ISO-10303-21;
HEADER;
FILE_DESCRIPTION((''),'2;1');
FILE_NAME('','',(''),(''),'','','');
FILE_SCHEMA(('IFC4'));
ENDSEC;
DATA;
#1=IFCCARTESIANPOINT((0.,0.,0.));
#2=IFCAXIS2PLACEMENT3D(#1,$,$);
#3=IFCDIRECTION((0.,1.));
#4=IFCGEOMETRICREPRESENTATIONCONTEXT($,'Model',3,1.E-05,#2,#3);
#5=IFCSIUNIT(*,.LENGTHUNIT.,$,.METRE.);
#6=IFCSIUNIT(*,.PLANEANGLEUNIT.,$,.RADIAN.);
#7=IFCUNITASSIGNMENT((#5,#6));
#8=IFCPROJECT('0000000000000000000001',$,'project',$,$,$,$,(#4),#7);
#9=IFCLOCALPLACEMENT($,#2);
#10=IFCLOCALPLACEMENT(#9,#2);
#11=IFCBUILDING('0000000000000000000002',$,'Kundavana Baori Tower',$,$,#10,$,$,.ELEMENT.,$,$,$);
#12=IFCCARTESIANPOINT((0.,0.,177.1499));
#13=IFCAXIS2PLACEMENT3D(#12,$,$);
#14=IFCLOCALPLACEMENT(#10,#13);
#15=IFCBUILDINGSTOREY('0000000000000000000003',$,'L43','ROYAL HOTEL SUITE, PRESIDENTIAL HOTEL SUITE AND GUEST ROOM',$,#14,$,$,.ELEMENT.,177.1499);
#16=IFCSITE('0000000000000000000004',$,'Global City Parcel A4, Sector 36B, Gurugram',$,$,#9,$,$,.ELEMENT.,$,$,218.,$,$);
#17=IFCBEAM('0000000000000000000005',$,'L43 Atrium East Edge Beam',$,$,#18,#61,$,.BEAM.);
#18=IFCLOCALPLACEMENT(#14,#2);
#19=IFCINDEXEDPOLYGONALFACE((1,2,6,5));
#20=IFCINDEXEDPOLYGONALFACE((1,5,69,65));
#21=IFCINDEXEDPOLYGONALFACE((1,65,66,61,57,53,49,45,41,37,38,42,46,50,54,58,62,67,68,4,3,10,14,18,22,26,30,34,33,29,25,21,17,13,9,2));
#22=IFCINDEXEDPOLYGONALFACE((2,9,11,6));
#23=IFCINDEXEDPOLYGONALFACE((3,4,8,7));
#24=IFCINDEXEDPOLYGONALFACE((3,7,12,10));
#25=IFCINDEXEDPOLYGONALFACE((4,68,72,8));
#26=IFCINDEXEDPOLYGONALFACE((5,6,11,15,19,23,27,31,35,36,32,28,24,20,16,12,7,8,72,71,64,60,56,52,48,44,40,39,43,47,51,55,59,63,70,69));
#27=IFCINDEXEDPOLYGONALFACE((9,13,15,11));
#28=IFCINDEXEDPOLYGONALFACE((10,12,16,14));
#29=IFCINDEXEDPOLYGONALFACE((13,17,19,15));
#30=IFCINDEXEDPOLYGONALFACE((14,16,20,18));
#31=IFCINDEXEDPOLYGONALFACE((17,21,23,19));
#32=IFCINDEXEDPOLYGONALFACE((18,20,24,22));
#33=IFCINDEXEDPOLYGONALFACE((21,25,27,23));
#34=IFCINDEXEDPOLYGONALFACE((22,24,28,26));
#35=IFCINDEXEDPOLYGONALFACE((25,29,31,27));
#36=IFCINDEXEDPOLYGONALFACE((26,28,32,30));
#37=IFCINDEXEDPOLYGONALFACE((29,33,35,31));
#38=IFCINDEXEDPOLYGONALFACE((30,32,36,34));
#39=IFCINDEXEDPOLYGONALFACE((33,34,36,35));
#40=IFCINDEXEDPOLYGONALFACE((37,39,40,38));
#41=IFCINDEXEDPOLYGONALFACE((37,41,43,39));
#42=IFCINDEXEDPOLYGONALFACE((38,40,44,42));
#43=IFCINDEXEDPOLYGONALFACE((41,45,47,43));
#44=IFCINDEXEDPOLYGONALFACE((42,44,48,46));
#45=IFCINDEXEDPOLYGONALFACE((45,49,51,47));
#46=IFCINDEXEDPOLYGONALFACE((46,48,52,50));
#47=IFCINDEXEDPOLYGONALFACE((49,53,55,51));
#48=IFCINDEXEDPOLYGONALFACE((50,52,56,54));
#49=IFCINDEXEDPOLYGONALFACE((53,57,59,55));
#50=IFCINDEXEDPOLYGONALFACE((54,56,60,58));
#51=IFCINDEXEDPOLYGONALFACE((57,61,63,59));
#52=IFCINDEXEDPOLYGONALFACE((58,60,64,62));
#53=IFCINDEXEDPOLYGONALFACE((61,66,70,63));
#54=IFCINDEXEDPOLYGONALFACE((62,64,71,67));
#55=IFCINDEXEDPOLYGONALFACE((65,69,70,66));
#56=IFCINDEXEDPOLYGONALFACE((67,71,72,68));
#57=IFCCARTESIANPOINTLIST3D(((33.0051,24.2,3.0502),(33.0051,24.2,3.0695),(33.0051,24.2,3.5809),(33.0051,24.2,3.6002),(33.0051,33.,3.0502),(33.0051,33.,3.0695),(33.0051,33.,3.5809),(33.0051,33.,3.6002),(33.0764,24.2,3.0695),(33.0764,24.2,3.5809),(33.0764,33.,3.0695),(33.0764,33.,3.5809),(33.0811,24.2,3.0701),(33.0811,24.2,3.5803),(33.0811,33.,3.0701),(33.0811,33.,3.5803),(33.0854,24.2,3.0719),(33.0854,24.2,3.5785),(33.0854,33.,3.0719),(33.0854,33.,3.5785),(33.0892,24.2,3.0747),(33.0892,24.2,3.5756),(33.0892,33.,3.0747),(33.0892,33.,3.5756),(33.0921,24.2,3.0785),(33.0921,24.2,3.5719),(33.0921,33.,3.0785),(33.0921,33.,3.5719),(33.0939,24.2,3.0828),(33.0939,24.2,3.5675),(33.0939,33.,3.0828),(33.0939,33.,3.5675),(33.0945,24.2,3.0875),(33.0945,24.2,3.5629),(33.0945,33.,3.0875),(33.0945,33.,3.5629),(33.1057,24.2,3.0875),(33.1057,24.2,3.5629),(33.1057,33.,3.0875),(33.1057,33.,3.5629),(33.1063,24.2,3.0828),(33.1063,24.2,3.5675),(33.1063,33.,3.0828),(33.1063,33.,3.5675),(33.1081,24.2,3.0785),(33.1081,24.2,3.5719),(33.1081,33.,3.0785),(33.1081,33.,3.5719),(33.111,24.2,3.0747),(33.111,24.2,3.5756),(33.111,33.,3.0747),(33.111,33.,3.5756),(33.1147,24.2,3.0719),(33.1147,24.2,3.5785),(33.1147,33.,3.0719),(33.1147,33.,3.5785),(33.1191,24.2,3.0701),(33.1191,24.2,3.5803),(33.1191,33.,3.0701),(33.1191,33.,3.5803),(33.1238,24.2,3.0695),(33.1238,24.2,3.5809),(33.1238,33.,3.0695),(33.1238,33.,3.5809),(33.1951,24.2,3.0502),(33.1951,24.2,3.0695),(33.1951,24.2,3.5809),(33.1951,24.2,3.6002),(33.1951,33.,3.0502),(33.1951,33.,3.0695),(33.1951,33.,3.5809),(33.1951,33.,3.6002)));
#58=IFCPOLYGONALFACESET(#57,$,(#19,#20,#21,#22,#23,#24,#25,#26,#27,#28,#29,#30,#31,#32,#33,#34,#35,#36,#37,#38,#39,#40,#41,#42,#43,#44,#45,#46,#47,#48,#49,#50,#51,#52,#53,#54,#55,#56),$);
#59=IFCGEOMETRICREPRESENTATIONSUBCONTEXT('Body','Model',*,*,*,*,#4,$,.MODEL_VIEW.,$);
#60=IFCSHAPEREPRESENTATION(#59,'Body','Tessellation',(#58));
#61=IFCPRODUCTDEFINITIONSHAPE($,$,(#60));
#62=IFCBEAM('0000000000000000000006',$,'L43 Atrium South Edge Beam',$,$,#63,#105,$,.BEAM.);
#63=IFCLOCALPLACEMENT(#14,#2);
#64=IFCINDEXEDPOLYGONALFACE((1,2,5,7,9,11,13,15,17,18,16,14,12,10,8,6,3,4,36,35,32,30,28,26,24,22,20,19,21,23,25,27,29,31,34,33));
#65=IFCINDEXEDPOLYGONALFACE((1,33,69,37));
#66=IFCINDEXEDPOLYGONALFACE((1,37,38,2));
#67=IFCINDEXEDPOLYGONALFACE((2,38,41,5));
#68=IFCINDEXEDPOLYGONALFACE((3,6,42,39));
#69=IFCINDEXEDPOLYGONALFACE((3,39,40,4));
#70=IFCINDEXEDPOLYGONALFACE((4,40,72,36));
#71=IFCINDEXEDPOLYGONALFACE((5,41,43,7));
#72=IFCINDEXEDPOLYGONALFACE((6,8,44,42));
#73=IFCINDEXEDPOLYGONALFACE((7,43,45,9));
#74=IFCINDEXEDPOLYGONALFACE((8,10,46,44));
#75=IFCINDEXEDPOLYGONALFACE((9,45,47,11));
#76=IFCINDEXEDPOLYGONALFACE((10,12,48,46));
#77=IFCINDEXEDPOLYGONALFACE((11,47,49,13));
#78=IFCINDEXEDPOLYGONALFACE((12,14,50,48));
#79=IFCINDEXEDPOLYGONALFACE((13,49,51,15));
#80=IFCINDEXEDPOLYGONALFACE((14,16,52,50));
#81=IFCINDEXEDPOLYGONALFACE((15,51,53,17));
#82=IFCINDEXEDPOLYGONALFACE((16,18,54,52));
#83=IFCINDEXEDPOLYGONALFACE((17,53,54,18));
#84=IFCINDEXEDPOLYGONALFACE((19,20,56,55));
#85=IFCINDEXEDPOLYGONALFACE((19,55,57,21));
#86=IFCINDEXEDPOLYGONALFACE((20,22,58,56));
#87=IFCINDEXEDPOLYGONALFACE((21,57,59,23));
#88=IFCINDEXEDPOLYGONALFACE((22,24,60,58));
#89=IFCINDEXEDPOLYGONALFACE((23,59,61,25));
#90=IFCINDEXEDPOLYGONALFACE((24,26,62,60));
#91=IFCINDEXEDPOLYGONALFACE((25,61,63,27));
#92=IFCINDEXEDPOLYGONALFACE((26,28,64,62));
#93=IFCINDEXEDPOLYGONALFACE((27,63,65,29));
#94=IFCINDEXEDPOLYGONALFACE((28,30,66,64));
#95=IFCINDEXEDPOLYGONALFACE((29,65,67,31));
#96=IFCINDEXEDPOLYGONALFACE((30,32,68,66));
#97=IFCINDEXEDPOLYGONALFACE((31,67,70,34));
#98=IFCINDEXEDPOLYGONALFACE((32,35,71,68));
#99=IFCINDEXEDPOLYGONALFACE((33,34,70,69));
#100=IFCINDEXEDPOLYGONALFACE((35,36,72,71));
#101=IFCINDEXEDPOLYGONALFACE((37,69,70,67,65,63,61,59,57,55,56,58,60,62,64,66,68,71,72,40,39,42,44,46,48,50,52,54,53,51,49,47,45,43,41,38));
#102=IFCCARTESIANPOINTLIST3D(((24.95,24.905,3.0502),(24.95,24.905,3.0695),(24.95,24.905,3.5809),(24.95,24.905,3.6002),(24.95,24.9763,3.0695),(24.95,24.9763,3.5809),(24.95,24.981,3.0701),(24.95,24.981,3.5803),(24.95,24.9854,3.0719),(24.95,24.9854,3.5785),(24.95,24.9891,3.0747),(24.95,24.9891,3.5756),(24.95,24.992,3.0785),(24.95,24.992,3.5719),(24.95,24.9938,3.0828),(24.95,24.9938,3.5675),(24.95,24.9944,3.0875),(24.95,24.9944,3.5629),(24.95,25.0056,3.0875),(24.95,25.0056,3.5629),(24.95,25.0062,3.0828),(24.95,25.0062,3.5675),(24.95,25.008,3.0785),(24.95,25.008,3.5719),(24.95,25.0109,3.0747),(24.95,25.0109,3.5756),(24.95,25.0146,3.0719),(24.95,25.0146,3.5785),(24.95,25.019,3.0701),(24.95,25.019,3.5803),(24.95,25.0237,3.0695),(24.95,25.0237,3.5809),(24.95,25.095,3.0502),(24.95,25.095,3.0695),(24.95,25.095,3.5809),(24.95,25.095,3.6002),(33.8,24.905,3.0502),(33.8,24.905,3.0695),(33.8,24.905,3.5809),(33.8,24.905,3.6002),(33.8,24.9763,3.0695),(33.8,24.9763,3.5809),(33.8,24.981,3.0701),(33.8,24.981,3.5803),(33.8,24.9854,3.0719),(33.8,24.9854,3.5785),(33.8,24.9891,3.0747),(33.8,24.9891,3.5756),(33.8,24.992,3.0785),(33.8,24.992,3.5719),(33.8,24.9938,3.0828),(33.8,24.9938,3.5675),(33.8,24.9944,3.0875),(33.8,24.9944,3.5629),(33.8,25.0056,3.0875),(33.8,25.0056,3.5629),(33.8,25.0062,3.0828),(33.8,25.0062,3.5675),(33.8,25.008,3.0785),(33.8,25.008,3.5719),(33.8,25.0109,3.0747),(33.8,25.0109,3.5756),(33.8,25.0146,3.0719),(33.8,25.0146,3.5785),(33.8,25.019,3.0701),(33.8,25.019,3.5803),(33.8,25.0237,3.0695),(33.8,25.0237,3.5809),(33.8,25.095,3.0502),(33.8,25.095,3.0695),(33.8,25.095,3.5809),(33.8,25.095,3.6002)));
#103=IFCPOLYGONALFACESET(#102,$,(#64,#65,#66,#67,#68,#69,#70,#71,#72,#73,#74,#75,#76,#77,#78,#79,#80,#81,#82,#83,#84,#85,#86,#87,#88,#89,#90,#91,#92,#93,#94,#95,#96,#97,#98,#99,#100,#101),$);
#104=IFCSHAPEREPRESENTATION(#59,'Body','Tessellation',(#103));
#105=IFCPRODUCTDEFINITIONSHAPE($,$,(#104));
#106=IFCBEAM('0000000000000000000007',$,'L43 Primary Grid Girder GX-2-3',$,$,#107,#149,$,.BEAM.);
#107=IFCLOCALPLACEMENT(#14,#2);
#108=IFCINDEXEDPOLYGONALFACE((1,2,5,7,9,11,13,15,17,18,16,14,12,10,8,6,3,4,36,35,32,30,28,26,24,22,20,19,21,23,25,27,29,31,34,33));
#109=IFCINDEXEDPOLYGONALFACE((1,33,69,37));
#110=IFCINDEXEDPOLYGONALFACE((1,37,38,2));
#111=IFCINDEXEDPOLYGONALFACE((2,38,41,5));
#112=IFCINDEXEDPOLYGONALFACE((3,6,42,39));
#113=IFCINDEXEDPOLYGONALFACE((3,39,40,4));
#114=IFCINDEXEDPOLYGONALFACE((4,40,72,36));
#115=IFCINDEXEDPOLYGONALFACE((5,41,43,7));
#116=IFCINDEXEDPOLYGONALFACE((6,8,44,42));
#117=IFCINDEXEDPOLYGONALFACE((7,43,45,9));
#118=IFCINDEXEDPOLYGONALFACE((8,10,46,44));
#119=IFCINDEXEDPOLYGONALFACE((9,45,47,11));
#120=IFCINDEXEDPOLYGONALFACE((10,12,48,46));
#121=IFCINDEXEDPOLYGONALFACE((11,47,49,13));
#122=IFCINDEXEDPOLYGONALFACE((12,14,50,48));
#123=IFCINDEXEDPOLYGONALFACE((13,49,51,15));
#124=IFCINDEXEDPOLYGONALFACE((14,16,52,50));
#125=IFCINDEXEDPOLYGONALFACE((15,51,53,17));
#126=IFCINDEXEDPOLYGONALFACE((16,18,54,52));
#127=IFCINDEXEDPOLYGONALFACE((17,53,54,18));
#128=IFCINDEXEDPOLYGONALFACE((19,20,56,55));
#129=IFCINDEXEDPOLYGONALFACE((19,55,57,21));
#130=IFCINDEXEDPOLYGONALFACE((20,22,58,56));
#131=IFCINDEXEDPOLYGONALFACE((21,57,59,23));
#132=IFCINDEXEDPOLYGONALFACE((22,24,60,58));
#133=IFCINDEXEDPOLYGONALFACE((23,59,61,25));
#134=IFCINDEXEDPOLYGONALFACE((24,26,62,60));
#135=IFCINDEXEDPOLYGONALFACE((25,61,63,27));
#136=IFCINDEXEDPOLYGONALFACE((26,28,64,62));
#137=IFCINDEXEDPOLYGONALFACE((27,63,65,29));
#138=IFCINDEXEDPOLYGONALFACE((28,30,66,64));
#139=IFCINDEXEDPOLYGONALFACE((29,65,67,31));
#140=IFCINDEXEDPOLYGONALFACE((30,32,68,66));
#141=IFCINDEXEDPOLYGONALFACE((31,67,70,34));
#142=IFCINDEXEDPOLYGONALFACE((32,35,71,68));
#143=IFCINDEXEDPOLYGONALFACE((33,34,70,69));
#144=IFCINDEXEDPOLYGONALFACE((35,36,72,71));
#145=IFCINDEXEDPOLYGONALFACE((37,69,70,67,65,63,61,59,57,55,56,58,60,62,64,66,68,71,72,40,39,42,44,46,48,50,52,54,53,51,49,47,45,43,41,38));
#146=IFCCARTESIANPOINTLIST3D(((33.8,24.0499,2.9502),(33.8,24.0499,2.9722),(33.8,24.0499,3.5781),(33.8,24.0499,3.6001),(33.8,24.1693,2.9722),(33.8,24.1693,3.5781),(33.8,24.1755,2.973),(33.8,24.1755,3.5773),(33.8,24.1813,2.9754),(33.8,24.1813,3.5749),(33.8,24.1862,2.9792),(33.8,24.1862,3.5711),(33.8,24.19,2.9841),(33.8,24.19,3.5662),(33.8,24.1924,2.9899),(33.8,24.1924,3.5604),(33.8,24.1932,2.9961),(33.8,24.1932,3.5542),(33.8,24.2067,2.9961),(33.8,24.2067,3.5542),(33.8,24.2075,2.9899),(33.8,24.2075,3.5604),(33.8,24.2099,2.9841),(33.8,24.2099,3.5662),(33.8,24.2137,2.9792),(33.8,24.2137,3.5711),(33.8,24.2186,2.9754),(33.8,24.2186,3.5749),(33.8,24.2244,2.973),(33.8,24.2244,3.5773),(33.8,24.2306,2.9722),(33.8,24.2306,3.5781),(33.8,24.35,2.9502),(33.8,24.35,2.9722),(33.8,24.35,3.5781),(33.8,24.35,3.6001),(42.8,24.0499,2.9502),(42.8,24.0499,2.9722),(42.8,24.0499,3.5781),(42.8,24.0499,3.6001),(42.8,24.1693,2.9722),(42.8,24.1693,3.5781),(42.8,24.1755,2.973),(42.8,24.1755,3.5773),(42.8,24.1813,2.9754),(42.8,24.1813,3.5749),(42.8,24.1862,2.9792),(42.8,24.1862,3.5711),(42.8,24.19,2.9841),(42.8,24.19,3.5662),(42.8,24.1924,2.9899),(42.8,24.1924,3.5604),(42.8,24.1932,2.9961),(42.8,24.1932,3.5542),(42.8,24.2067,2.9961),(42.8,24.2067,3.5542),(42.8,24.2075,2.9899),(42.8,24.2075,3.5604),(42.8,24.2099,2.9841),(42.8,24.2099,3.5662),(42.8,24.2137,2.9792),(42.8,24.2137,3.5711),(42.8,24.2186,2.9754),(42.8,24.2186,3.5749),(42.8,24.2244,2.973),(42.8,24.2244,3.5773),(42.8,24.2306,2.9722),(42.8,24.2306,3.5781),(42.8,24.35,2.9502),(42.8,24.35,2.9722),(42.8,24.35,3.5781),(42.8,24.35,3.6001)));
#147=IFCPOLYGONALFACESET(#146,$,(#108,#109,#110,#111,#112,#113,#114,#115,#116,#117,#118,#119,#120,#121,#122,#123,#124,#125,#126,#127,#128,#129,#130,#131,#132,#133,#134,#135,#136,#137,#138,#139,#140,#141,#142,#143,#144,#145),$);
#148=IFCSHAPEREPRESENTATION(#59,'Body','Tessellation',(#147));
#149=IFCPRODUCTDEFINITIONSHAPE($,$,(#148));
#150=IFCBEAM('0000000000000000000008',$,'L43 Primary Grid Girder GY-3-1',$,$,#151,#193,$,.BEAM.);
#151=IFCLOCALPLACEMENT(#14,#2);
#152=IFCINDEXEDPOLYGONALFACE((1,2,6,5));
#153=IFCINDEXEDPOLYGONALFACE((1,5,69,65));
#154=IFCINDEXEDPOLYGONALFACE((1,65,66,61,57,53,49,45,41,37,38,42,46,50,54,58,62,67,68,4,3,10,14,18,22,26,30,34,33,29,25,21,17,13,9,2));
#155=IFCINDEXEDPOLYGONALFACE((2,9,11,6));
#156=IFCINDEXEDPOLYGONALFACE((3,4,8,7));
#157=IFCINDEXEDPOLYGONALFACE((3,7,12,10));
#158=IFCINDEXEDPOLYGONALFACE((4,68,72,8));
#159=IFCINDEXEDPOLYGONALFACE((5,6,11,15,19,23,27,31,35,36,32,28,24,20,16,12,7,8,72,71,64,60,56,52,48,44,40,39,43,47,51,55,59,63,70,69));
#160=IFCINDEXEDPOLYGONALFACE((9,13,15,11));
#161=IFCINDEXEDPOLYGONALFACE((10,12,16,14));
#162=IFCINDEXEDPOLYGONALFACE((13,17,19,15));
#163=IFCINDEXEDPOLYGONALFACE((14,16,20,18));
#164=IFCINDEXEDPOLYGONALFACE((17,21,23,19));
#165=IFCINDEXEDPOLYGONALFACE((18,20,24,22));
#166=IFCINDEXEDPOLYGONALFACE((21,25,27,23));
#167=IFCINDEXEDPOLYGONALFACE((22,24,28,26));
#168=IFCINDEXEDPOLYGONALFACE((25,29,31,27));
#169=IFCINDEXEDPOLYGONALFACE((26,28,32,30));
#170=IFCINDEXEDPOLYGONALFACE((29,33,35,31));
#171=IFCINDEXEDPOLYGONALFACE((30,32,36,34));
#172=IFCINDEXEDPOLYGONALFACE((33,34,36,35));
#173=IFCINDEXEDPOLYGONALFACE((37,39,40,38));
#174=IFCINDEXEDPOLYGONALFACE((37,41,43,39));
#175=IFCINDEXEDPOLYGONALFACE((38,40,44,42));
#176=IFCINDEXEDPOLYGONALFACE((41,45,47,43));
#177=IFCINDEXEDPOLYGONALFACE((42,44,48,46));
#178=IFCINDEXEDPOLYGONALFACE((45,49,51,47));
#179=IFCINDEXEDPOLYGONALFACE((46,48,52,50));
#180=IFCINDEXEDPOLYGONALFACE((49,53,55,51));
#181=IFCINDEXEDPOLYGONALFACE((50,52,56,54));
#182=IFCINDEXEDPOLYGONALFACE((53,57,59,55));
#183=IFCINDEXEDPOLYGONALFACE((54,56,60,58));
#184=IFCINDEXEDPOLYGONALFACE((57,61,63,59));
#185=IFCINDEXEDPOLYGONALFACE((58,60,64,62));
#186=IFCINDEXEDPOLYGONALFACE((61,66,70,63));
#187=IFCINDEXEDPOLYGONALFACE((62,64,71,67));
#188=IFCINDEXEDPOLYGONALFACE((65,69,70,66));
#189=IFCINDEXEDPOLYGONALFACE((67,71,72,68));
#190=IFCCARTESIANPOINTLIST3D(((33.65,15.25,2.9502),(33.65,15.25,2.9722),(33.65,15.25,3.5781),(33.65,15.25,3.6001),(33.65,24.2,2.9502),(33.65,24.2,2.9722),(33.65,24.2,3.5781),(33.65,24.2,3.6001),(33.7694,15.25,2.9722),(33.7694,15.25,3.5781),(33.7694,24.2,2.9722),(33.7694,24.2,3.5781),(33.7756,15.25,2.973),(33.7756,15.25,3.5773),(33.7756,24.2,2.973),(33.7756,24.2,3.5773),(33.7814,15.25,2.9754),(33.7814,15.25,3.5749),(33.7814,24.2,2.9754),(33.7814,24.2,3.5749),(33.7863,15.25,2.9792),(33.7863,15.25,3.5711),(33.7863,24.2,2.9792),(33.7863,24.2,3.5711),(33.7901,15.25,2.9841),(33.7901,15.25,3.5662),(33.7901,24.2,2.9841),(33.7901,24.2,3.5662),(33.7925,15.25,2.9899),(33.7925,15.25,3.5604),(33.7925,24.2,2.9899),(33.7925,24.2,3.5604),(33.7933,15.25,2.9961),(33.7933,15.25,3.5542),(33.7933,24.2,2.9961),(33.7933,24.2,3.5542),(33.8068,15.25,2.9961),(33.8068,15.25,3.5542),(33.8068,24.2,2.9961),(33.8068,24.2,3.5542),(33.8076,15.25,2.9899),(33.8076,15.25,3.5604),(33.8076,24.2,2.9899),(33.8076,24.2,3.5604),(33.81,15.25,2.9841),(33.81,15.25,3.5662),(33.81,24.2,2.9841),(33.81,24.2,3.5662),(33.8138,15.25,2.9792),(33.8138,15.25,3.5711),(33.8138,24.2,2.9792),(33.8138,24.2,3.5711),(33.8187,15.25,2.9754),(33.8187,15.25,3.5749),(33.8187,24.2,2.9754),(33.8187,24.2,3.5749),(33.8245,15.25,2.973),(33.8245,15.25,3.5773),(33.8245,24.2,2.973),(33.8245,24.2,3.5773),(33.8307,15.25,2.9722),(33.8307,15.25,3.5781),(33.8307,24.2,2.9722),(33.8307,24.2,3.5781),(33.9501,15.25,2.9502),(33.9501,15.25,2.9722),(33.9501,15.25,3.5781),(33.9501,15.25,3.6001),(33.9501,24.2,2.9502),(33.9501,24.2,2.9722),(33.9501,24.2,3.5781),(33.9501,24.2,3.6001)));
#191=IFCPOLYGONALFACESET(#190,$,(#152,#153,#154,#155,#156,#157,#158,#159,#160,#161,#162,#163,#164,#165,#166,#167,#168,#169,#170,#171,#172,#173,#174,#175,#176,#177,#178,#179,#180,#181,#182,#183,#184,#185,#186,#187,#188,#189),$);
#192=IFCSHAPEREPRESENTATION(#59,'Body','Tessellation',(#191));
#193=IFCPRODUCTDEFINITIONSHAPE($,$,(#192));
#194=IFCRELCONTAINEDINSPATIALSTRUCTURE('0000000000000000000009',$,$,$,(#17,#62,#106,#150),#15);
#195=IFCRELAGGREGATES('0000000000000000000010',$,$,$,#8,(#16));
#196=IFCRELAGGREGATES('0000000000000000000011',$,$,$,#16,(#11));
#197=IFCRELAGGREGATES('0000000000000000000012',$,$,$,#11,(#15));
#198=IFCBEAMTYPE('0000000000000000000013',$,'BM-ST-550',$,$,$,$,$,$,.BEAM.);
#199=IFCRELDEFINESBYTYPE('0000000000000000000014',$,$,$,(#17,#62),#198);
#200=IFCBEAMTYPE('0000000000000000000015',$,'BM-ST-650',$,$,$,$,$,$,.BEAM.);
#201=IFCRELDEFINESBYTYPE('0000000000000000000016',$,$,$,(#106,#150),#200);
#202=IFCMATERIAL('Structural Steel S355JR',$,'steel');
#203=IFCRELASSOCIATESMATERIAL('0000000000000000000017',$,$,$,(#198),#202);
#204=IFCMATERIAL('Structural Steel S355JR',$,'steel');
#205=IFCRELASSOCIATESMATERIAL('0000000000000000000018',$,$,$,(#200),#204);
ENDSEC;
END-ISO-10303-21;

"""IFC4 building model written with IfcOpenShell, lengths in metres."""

from ifc_helpers import new_model, si_unit, direction, frame, origin, origin_2d, place, context, subcontext, project, spatial, i_section, extrude, material, material_profile, profile_set, type_object, element, save


model = new_model("IFC4")

# Units and contexts
model_context = context("Model", 3, precision=1e-05, world=origin(), true_north=direction((0.0, 1.0)))
body_context = subcontext(model_context, "Body", "Model", "MODEL_VIEW")
ifc_project = project(units=[si_unit("LENGTHUNIT", "METRE"), si_unit("PLANEANGLEUNIT", "RADIAN")], contexts=[model_context])

# Site, building, storey
site_placement = place(None, origin())
site = spatial("IfcSite", under=ifc_project, at=site_placement, Name="Global City Parcel A4, Sector 36B, Gurugram", CompositionType="ELEMENT", RefElevation=218.0)
building_placement = place(site_placement, origin())
building = spatial("IfcBuilding", under=site, at=building_placement, Name="Kundavana Baori Tower", CompositionType="ELEMENT")
storey_placement = place(building_placement, frame((0.0, 0.0, 177.1499)))
storey = spatial("IfcBuildingStorey", under=building, at=storey_placement, Name="L43", Description="ROYAL HOTEL SUITE, PRESIDENTIAL HOTEL SUITE AND GUEST ROOM", CompositionType="ELEMENT", Elevation=177.1499)

# Beams
ifc_material_1 = material(Name="Structural Steel S355JR", Category="steel")
ifc_material_profile_1 = material_profile(ifc_material_1, i_section(OverallWidth=0.1899, OverallDepth=0.55, WebThickness=0.0112, FlangeThickness=0.0193, FilletRadius=0.0181, at=origin_2d()), Name="ISMB 550")
ifc_profile_set_1 = profile_set([ifc_material_profile_1], Name="Structural Steel S355JR")
beam_type_1 = type_object("IfcBeamType", Name="BM-ST-550", PredefinedType="BEAM", material=ifc_profile_set_1)
for number, where, z_axis, x_axis, name in (
    (1, (33.1001, 24.2, 3.3252), (0.0, 1.0, 0.0), (-1.0, 0.0, 0.0), "L43 Atrium East Edge Beam"),
):
    element("IfcBeam", number, at=place(storey_placement, frame(where, z_axis=z_axis, x_axis=x_axis)), inside=storey, type_object=beam_type_1, Name=name, PredefinedType="BEAM", context=body_context, shape_type="SweptSolid", body=[
        extrude(i_section(OverallWidth=0.1899, OverallDepth=0.55, WebThickness=0.0112, FlangeThickness=0.0193, FilletRadius=0.0181, at=origin_2d()), origin(), (0.0, 0.0, 1.0), 8.8),
    ])
beam_1_placement = place(storey_placement, frame((24.95, 25.0, 3.3252), z_axis=(1.0, 0.0, 0.0), x_axis=(0.0, 1.0, 0.0)))
element("IfcBeam", 2, at=beam_1_placement, inside=storey, type_object=beam_type_1, Name="L43 Atrium South Edge Beam", PredefinedType="BEAM", context=body_context, shape_type="SweptSolid", body=[
    extrude(i_section(OverallWidth=0.1899, OverallDepth=0.55, WebThickness=0.0112, FlangeThickness=0.0193, FilletRadius=0.0181, at=origin_2d()), origin(), (0.0, 0.0, 1.0), 8.8501),
])
ifc_material_2 = material(Name="Structural Steel S355JR", Category="steel")
ifc_material_profile_2 = material_profile(ifc_material_2, i_section(OverallWidth=0.3, OverallDepth=0.6499, WebThickness=0.0134, FlangeThickness=0.022, FilletRadius=0.0239, at=origin_2d()), Name="NPB 650x300x155")
ifc_profile_set_2 = profile_set([ifc_material_profile_2], Name="Structural Steel S355JR")
beam_type_2 = type_object("IfcBeamType", Name="BM-ST-650", PredefinedType="BEAM", material=ifc_profile_set_2)
beam_2_placement = place(storey_placement, frame((33.8, 24.2, 3.2751), z_axis=(1.0, 0.0, 0.0), x_axis=(0.0, 1.0, 0.0)))
element("IfcBeam", 3, at=beam_2_placement, inside=storey, type_object=beam_type_2, Name="L43 Primary Grid Girder GX-2-3", PredefinedType="BEAM", context=body_context, shape_type="SweptSolid", body=[
    extrude(i_section(OverallWidth=0.3, OverallDepth=0.6499, WebThickness=0.0134, FlangeThickness=0.022, FilletRadius=0.0239, at=origin_2d()), origin(), (0.0, 0.0, 1.0), 9.0),
])
beam_3_placement = place(storey_placement, frame((33.8, 15.25, 3.2751), z_axis=(0.0, 1.0, 0.0), x_axis=(-1.0, 0.0, 0.0)))
element("IfcBeam", 4, at=beam_3_placement, inside=storey, type_object=beam_type_2, Name="L43 Primary Grid Girder GY-3-1", PredefinedType="BEAM", context=body_context, shape_type="SweptSolid", body=[
    extrude(i_section(OverallWidth=0.3, OverallDepth=0.6499, WebThickness=0.0134, FlangeThickness=0.022, FilletRadius=0.0239, at=origin_2d()), origin(), (0.0, 0.0, 1.0), 8.95),
])

save(model, "model.ifc")
